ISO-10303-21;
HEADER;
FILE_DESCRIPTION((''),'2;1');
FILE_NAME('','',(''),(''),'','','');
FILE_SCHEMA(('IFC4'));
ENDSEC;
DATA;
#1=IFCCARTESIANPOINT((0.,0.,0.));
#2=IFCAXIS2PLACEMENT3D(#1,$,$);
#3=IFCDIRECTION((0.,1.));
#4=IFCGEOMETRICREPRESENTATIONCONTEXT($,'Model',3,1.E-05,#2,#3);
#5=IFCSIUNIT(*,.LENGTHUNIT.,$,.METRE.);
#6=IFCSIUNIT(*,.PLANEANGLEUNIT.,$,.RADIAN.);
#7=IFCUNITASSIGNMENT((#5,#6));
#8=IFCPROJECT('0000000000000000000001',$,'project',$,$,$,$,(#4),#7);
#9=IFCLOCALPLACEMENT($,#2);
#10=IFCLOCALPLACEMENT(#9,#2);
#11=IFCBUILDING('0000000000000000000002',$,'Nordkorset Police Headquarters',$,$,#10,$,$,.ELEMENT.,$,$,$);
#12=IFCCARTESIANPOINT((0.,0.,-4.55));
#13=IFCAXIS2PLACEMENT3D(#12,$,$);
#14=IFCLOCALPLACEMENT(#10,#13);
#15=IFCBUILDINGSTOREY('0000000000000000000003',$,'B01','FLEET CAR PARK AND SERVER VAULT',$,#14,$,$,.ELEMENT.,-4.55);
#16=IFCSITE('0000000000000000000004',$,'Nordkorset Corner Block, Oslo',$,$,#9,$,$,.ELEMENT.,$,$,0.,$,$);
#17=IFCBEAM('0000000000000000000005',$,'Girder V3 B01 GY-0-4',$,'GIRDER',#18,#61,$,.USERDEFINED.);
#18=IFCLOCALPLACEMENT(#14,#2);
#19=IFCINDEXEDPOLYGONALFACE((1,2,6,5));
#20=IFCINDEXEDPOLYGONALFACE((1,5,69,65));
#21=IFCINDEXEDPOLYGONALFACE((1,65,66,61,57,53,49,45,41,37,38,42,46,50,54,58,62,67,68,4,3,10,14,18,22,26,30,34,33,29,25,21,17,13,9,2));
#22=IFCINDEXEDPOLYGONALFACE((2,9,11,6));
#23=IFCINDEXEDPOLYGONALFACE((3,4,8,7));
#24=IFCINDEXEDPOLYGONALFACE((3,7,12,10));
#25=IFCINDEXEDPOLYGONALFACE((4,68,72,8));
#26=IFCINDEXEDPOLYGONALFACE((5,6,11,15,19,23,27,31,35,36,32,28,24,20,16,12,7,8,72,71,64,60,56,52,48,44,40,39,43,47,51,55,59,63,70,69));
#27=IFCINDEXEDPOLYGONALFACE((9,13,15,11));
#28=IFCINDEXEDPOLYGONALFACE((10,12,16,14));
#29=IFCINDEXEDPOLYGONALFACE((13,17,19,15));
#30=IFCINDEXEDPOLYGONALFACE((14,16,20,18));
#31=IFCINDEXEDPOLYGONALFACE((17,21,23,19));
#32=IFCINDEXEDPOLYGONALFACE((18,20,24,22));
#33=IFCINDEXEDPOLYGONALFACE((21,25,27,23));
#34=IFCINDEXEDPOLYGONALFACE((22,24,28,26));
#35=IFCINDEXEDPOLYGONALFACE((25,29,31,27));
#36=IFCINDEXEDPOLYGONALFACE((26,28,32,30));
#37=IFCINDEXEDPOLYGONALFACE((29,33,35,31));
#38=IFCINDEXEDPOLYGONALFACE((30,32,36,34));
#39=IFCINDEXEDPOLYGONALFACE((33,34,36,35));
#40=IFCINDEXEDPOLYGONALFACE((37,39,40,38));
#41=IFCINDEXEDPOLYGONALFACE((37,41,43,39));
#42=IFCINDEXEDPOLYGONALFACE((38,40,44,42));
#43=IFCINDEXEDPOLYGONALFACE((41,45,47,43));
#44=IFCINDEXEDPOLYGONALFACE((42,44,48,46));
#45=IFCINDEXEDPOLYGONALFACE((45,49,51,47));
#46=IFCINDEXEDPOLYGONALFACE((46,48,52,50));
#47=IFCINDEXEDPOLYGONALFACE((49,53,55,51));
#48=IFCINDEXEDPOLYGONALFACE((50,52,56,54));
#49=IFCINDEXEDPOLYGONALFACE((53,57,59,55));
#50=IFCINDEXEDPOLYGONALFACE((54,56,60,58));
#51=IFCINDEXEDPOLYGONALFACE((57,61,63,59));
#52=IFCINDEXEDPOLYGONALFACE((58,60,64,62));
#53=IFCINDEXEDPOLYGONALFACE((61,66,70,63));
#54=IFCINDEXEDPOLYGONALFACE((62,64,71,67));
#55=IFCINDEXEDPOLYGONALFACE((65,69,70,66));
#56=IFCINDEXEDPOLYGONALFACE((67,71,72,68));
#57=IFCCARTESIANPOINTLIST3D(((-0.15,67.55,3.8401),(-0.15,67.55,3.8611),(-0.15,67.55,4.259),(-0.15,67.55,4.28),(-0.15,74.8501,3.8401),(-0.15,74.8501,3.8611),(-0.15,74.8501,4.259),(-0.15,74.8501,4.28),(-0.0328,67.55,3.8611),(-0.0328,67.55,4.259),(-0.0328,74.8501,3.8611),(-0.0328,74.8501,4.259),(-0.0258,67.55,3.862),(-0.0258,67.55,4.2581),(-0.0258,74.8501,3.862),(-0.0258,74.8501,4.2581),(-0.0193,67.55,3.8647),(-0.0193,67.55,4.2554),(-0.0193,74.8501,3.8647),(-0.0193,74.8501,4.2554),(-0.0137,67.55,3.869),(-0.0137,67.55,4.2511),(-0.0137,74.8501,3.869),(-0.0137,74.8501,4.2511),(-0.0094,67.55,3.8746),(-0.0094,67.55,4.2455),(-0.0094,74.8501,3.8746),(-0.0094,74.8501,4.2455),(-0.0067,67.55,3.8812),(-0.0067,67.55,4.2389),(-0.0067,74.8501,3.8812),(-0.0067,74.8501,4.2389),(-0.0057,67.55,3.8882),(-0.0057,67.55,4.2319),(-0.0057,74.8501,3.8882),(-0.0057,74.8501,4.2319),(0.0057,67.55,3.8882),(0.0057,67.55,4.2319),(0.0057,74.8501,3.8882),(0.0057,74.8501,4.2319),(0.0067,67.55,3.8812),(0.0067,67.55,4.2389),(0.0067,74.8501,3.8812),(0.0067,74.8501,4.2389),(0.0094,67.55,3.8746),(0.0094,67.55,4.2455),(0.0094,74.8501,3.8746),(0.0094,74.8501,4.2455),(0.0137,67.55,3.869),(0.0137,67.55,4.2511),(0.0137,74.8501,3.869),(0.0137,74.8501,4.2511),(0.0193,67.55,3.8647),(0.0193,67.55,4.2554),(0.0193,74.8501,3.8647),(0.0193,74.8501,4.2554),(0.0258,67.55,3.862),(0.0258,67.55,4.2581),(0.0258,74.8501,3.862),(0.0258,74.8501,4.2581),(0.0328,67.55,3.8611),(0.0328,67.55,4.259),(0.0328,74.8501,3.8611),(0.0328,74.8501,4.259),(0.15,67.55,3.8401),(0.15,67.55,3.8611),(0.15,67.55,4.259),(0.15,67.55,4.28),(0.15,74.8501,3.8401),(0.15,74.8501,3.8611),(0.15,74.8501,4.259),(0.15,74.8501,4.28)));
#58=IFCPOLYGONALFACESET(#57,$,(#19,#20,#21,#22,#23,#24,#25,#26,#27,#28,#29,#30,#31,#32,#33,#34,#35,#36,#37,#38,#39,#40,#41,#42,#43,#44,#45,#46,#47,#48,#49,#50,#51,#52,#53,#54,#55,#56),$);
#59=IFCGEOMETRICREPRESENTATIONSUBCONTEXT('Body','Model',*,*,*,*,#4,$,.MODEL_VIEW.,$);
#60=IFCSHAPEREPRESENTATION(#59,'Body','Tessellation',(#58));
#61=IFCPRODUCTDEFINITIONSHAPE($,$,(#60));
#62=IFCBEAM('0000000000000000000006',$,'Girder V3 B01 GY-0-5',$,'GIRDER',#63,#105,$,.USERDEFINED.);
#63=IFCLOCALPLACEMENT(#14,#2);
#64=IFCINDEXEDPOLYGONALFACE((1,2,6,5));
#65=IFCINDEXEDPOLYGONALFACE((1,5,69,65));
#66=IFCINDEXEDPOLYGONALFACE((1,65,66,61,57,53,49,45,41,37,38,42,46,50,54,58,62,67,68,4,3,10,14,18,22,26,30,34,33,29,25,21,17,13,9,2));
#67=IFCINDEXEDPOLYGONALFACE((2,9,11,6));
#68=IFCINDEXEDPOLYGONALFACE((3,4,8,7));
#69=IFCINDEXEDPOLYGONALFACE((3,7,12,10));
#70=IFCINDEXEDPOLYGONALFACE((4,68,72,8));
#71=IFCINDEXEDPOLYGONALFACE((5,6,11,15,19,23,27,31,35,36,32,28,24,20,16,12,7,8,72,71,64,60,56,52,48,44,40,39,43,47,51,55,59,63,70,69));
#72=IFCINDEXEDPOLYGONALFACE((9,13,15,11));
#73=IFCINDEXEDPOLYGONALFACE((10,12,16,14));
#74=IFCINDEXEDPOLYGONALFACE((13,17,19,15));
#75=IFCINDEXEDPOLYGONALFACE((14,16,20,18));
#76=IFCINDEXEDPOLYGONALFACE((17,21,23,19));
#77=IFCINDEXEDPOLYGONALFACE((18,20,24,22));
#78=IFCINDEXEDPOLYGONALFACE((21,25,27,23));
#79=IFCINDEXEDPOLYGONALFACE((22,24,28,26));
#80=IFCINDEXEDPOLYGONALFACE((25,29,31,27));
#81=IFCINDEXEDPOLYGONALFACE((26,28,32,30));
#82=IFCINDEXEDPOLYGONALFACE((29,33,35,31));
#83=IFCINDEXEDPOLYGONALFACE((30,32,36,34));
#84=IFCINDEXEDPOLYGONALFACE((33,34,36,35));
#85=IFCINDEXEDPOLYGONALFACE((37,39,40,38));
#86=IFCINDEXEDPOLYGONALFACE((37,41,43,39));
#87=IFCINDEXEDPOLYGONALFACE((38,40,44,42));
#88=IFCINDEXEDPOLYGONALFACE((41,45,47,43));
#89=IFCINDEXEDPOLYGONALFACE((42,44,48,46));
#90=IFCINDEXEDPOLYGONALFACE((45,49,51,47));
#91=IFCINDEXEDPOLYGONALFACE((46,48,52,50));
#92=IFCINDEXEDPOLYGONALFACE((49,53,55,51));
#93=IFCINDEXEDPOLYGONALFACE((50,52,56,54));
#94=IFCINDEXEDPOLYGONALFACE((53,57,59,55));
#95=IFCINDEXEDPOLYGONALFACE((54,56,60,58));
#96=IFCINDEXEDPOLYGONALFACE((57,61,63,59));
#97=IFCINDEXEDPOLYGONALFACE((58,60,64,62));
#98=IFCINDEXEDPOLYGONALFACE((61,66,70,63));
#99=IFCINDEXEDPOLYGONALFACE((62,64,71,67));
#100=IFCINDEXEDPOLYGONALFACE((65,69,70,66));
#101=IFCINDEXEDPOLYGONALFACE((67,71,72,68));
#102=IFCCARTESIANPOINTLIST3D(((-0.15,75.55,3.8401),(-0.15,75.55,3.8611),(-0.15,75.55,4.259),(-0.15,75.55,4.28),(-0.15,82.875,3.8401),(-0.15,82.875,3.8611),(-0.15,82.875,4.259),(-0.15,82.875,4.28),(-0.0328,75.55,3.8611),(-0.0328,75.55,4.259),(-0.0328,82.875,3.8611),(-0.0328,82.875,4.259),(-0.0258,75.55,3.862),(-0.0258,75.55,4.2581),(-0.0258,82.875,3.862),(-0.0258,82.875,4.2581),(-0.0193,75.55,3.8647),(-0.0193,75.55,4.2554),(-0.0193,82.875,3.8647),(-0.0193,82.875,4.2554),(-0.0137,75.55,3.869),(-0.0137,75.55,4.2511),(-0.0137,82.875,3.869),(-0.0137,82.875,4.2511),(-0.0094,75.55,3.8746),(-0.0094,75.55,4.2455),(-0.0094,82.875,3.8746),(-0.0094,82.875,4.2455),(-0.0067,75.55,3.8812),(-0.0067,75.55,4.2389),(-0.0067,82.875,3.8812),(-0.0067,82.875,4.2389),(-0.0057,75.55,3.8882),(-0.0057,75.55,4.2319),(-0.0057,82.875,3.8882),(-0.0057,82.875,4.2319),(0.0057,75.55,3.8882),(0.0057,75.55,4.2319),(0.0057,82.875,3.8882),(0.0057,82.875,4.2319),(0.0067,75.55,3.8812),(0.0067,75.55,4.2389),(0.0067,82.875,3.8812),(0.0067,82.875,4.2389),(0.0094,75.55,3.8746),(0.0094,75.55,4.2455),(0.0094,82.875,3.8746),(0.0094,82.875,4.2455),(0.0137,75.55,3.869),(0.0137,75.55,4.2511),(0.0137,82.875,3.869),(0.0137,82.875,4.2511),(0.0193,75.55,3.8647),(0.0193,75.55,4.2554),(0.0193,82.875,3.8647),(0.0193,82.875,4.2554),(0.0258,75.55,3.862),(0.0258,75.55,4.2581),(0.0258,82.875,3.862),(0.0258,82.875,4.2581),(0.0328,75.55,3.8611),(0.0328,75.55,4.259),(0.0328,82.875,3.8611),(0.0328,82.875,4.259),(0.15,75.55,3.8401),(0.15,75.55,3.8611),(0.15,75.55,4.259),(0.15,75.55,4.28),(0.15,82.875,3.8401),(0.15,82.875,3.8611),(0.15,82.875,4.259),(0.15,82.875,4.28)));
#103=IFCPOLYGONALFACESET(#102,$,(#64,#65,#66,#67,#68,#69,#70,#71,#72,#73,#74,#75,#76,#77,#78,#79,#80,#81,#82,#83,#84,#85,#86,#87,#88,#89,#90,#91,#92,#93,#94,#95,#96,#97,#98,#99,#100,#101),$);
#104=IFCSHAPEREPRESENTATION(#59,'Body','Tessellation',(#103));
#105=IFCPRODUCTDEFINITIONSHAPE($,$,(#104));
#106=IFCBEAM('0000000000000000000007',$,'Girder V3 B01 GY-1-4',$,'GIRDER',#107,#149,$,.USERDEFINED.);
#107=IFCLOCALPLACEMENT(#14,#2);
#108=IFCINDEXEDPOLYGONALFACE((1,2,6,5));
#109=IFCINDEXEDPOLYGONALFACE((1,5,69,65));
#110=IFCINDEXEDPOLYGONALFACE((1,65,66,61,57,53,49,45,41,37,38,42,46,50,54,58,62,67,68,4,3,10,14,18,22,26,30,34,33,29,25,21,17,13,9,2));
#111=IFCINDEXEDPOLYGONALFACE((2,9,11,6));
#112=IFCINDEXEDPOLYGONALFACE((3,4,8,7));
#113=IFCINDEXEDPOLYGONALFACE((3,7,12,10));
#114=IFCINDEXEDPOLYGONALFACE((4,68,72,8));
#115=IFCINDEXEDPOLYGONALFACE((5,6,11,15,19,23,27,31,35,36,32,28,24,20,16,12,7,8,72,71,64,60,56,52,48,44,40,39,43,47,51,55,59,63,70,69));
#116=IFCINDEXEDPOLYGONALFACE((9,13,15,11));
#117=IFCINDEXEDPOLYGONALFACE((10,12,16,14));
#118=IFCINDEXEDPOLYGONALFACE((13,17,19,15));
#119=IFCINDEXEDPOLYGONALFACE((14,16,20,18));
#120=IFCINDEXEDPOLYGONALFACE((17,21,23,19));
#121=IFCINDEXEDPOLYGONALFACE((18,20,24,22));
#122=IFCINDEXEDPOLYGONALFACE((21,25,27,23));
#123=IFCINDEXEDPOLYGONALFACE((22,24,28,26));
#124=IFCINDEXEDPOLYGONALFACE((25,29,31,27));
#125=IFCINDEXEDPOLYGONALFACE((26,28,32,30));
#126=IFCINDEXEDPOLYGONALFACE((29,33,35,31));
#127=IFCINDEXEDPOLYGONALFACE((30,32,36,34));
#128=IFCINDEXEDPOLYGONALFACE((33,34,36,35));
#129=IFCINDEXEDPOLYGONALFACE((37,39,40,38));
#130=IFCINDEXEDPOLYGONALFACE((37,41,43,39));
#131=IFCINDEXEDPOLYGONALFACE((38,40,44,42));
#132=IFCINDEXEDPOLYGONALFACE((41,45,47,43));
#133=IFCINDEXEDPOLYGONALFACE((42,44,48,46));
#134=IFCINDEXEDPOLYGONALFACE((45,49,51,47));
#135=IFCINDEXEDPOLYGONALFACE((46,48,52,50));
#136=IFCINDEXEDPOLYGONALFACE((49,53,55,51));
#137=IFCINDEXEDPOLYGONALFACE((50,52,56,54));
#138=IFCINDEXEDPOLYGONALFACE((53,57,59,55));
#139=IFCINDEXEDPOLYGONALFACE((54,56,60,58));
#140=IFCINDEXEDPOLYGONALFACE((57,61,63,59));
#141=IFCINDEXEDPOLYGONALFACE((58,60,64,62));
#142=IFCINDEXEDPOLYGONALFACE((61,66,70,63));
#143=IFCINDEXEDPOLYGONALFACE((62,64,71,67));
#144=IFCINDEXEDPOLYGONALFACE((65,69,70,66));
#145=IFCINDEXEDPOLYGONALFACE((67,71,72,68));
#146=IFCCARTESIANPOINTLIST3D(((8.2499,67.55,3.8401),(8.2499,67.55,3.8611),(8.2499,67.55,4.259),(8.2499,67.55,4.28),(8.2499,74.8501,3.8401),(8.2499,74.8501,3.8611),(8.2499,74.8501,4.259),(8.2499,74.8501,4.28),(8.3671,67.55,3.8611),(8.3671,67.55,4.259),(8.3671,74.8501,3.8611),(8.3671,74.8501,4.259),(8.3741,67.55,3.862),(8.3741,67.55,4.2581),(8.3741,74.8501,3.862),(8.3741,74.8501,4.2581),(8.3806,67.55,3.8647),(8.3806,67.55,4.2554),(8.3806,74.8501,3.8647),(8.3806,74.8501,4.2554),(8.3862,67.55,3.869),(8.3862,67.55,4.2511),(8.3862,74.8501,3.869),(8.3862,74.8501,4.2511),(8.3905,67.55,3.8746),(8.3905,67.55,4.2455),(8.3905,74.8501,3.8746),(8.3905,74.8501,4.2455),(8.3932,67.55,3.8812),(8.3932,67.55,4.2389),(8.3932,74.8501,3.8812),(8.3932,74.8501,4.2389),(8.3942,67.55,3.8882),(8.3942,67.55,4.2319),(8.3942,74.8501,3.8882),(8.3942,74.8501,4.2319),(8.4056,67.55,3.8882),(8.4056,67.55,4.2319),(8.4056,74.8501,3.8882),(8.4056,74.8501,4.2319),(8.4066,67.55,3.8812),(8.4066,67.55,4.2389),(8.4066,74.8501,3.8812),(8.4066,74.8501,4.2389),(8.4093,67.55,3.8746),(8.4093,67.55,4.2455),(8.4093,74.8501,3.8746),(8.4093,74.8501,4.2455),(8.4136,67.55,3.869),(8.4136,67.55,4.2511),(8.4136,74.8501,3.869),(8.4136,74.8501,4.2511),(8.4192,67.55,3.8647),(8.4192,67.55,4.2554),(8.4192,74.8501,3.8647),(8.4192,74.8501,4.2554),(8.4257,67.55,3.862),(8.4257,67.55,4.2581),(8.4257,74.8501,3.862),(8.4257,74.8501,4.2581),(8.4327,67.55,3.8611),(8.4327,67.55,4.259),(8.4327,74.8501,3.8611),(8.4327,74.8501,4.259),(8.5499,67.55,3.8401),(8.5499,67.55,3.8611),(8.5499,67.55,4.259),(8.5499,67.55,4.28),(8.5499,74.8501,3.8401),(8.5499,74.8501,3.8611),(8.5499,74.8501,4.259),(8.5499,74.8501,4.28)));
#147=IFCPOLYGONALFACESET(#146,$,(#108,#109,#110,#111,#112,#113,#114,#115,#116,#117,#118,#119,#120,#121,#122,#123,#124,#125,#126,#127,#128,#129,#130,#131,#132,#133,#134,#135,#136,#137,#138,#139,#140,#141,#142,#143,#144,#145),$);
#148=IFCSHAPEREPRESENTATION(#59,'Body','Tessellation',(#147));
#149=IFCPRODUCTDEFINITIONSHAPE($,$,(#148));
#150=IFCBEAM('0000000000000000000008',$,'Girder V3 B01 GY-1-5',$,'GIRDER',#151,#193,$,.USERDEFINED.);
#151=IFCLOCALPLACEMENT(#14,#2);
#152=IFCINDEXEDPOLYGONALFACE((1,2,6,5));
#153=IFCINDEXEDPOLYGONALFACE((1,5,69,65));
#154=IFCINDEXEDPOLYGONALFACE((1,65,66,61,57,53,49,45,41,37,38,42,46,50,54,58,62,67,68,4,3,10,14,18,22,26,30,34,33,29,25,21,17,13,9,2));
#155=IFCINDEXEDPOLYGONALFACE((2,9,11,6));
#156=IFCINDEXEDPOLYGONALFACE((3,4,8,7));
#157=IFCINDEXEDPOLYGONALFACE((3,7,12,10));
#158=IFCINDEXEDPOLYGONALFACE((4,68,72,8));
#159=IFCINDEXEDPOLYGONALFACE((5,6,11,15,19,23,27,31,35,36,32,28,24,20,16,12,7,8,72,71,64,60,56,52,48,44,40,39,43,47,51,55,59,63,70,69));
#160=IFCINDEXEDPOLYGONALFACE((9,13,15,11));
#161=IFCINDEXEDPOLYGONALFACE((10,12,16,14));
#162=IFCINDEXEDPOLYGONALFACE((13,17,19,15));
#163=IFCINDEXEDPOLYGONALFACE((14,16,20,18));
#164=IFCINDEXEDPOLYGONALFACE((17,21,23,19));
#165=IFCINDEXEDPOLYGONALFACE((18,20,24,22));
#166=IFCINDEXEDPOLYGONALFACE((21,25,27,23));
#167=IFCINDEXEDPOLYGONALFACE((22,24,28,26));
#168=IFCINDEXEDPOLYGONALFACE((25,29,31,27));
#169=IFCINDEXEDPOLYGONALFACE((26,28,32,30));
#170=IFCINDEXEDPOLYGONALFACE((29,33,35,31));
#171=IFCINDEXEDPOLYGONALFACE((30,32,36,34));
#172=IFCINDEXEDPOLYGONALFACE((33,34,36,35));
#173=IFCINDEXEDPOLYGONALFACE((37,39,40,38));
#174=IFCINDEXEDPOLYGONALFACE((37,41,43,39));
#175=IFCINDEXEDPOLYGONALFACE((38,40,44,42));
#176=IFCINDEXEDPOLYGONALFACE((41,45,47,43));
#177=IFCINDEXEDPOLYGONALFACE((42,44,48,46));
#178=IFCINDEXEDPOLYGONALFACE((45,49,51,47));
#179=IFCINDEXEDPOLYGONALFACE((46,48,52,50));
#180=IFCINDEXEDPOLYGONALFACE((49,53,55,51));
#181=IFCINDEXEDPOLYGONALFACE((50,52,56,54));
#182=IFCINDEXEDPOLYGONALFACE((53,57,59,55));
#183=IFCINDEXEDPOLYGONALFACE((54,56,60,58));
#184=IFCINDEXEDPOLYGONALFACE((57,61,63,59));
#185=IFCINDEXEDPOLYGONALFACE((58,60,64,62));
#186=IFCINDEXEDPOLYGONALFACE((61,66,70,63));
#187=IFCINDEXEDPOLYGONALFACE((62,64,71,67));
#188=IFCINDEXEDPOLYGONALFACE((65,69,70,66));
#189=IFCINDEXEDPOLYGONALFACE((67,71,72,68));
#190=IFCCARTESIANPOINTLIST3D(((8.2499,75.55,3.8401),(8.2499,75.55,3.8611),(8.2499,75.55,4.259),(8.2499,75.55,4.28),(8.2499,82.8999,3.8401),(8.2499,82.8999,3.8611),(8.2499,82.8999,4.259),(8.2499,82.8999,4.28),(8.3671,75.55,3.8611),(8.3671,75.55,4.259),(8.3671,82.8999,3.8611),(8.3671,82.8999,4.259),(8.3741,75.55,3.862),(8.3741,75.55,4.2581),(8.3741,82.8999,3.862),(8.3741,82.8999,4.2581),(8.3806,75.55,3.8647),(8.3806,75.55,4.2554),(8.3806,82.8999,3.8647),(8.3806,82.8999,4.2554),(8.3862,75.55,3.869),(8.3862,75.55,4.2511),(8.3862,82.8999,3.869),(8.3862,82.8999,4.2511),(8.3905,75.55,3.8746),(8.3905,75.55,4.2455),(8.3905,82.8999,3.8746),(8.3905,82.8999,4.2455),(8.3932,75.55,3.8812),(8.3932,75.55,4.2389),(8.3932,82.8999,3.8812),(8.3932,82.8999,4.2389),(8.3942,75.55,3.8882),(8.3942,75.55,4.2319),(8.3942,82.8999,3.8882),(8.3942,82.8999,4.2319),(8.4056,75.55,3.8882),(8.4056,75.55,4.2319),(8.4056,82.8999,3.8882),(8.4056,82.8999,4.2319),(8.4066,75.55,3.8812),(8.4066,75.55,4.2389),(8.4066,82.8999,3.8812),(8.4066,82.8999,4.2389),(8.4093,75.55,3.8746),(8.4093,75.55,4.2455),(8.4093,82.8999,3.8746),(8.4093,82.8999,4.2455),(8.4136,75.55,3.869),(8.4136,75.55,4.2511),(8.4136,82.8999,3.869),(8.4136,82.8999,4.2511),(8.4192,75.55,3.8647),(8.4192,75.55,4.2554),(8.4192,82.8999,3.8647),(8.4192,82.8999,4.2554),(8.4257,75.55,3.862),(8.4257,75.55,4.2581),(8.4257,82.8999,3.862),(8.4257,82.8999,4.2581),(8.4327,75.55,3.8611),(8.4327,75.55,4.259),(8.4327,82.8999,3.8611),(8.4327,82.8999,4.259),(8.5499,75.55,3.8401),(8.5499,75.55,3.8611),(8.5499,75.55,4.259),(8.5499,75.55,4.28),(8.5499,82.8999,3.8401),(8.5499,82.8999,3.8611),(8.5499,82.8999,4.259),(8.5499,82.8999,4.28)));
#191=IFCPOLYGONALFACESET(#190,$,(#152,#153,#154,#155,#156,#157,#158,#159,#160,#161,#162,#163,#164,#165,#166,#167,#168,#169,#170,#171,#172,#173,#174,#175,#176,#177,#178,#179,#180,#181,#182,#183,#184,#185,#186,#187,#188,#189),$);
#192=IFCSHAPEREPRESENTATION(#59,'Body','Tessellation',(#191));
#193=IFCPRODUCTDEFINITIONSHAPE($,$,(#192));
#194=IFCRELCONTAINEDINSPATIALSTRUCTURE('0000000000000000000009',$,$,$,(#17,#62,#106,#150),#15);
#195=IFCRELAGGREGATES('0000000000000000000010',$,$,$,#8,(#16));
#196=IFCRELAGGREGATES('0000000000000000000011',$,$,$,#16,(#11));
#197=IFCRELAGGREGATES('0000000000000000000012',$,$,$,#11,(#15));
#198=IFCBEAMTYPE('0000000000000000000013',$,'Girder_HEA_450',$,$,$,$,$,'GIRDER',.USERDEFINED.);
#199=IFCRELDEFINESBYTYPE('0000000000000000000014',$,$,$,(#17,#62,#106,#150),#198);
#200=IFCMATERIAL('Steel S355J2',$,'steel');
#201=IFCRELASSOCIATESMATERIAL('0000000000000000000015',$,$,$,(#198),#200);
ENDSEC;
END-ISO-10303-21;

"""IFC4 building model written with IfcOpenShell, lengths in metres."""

from ifc_helpers import new_model, si_unit, direction, frame, origin, origin_2d, place, context, subcontext, project, spatial, i_section, extrude, material, material_profile, profile_set, type_object, element, save


model = new_model("IFC4")

# Units and contexts
model_context = context("Model", 3, precision=1e-05, world=origin(), true_north=direction((0.0, 1.0)))
body_context = subcontext(model_context, "Body", "Model", "MODEL_VIEW")
ifc_project = project(units=[si_unit("LENGTHUNIT", "METRE"), si_unit("PLANEANGLEUNIT", "RADIAN")], contexts=[model_context])

# Site, building, storey
site_placement = place(None, origin())
site = spatial("IfcSite", under=ifc_project, at=site_placement, Name="Nordkorset Corner Block, Oslo", CompositionType="ELEMENT", RefElevation=0.0)
building_placement = place(site_placement, origin())
building = spatial("IfcBuilding", under=site, at=building_placement, Name="Nordkorset Police Headquarters", CompositionType="ELEMENT")
storey_placement = place(building_placement, frame((0.0, 0.0, -4.55)))
storey = spatial("IfcBuildingStorey", under=building, at=storey_placement, Name="B01", Description="FLEET CAR PARK AND SERVER VAULT", CompositionType="ELEMENT", Elevation=-4.55)

# Beams
ifc_material_1 = material(Name="Steel S355J2", Category="steel")
ifc_material_profile_1 = material_profile(ifc_material_1, i_section(OverallWidth=0.3, OverallDepth=0.4399, WebThickness=0.0115, FlangeThickness=0.021, FilletRadius=0.0271, at=origin_2d()), Name="HEA 450")
ifc_profile_set_1 = profile_set([ifc_material_profile_1], Name="Steel S355J2")
beam_type_1 = type_object("IfcBeamType", Name="Girder_HEA_450", ElementType="GIRDER", PredefinedType="USERDEFINED", material=ifc_profile_set_1)
beam_1_placement = place(storey_placement, frame((0.0, 67.55, 4.0601), z_axis=(0.0, 1.0, 0.0), x_axis=(-1.0, 0.0, 0.0)))
element("IfcBeam", 1, at=beam_1_placement, inside=storey, type_object=beam_type_1, Name="Girder V3 B01 GY-0-4", ObjectType="GIRDER", PredefinedType="USERDEFINED", context=body_context, shape_type="SweptSolid", body=[
    extrude(i_section(OverallWidth=0.3, OverallDepth=0.4399, WebThickness=0.0115, FlangeThickness=0.021, FilletRadius=0.0271, at=origin_2d()), origin(), (0.0, 0.0, 1.0), 7.3),
])
beam_2_placement = place(storey_placement, frame((0.0, 75.55, 4.0601), z_axis=(0.0, 1.0, 0.0), x_axis=(-1.0, 0.0, 0.0)))
element("IfcBeam", 2, at=beam_2_placement, inside=storey, type_object=beam_type_1, Name="Girder V3 B01 GY-0-5", ObjectType="GIRDER", PredefinedType="USERDEFINED", context=body_context, shape_type="SweptSolid", body=[
    extrude(i_section(OverallWidth=0.3, OverallDepth=0.4399, WebThickness=0.0115, FlangeThickness=0.021, FilletRadius=0.0271, at=origin_2d()), origin(), (0.0, 0.0, 1.0), 7.325),
])
beam_3_placement = place(storey_placement, frame((8.3999, 67.55, 4.0601), z_axis=(0.0, 1.0, 0.0), x_axis=(-1.0, 0.0, 0.0)))
element("IfcBeam", 3, at=beam_3_placement, inside=storey, type_object=beam_type_1, Name="Girder V3 B01 GY-1-4", ObjectType="GIRDER", PredefinedType="USERDEFINED", context=body_context, shape_type="SweptSolid", body=[
    extrude(i_section(OverallWidth=0.3, OverallDepth=0.4399, WebThickness=0.0115, FlangeThickness=0.021, FilletRadius=0.0271, at=origin_2d()), origin(), (0.0, 0.0, 1.0), 7.3),
])
beam_4_placement = place(storey_placement, frame((8.3999, 75.55, 4.0601), z_axis=(0.0, 1.0, 0.0), x_axis=(-1.0, 0.0, 0.0)))
element("IfcBeam", 4, at=beam_4_placement, inside=storey, type_object=beam_type_1, Name="Girder V3 B01 GY-1-5", ObjectType="GIRDER", PredefinedType="USERDEFINED", context=body_context, shape_type="SweptSolid", body=[
    extrude(i_section(OverallWidth=0.3, OverallDepth=0.4399, WebThickness=0.0115, FlangeThickness=0.021, FilletRadius=0.0271, at=origin_2d()), origin(), (0.0, 0.0, 1.0), 7.3499),
])

save(model, "model.ifc")
